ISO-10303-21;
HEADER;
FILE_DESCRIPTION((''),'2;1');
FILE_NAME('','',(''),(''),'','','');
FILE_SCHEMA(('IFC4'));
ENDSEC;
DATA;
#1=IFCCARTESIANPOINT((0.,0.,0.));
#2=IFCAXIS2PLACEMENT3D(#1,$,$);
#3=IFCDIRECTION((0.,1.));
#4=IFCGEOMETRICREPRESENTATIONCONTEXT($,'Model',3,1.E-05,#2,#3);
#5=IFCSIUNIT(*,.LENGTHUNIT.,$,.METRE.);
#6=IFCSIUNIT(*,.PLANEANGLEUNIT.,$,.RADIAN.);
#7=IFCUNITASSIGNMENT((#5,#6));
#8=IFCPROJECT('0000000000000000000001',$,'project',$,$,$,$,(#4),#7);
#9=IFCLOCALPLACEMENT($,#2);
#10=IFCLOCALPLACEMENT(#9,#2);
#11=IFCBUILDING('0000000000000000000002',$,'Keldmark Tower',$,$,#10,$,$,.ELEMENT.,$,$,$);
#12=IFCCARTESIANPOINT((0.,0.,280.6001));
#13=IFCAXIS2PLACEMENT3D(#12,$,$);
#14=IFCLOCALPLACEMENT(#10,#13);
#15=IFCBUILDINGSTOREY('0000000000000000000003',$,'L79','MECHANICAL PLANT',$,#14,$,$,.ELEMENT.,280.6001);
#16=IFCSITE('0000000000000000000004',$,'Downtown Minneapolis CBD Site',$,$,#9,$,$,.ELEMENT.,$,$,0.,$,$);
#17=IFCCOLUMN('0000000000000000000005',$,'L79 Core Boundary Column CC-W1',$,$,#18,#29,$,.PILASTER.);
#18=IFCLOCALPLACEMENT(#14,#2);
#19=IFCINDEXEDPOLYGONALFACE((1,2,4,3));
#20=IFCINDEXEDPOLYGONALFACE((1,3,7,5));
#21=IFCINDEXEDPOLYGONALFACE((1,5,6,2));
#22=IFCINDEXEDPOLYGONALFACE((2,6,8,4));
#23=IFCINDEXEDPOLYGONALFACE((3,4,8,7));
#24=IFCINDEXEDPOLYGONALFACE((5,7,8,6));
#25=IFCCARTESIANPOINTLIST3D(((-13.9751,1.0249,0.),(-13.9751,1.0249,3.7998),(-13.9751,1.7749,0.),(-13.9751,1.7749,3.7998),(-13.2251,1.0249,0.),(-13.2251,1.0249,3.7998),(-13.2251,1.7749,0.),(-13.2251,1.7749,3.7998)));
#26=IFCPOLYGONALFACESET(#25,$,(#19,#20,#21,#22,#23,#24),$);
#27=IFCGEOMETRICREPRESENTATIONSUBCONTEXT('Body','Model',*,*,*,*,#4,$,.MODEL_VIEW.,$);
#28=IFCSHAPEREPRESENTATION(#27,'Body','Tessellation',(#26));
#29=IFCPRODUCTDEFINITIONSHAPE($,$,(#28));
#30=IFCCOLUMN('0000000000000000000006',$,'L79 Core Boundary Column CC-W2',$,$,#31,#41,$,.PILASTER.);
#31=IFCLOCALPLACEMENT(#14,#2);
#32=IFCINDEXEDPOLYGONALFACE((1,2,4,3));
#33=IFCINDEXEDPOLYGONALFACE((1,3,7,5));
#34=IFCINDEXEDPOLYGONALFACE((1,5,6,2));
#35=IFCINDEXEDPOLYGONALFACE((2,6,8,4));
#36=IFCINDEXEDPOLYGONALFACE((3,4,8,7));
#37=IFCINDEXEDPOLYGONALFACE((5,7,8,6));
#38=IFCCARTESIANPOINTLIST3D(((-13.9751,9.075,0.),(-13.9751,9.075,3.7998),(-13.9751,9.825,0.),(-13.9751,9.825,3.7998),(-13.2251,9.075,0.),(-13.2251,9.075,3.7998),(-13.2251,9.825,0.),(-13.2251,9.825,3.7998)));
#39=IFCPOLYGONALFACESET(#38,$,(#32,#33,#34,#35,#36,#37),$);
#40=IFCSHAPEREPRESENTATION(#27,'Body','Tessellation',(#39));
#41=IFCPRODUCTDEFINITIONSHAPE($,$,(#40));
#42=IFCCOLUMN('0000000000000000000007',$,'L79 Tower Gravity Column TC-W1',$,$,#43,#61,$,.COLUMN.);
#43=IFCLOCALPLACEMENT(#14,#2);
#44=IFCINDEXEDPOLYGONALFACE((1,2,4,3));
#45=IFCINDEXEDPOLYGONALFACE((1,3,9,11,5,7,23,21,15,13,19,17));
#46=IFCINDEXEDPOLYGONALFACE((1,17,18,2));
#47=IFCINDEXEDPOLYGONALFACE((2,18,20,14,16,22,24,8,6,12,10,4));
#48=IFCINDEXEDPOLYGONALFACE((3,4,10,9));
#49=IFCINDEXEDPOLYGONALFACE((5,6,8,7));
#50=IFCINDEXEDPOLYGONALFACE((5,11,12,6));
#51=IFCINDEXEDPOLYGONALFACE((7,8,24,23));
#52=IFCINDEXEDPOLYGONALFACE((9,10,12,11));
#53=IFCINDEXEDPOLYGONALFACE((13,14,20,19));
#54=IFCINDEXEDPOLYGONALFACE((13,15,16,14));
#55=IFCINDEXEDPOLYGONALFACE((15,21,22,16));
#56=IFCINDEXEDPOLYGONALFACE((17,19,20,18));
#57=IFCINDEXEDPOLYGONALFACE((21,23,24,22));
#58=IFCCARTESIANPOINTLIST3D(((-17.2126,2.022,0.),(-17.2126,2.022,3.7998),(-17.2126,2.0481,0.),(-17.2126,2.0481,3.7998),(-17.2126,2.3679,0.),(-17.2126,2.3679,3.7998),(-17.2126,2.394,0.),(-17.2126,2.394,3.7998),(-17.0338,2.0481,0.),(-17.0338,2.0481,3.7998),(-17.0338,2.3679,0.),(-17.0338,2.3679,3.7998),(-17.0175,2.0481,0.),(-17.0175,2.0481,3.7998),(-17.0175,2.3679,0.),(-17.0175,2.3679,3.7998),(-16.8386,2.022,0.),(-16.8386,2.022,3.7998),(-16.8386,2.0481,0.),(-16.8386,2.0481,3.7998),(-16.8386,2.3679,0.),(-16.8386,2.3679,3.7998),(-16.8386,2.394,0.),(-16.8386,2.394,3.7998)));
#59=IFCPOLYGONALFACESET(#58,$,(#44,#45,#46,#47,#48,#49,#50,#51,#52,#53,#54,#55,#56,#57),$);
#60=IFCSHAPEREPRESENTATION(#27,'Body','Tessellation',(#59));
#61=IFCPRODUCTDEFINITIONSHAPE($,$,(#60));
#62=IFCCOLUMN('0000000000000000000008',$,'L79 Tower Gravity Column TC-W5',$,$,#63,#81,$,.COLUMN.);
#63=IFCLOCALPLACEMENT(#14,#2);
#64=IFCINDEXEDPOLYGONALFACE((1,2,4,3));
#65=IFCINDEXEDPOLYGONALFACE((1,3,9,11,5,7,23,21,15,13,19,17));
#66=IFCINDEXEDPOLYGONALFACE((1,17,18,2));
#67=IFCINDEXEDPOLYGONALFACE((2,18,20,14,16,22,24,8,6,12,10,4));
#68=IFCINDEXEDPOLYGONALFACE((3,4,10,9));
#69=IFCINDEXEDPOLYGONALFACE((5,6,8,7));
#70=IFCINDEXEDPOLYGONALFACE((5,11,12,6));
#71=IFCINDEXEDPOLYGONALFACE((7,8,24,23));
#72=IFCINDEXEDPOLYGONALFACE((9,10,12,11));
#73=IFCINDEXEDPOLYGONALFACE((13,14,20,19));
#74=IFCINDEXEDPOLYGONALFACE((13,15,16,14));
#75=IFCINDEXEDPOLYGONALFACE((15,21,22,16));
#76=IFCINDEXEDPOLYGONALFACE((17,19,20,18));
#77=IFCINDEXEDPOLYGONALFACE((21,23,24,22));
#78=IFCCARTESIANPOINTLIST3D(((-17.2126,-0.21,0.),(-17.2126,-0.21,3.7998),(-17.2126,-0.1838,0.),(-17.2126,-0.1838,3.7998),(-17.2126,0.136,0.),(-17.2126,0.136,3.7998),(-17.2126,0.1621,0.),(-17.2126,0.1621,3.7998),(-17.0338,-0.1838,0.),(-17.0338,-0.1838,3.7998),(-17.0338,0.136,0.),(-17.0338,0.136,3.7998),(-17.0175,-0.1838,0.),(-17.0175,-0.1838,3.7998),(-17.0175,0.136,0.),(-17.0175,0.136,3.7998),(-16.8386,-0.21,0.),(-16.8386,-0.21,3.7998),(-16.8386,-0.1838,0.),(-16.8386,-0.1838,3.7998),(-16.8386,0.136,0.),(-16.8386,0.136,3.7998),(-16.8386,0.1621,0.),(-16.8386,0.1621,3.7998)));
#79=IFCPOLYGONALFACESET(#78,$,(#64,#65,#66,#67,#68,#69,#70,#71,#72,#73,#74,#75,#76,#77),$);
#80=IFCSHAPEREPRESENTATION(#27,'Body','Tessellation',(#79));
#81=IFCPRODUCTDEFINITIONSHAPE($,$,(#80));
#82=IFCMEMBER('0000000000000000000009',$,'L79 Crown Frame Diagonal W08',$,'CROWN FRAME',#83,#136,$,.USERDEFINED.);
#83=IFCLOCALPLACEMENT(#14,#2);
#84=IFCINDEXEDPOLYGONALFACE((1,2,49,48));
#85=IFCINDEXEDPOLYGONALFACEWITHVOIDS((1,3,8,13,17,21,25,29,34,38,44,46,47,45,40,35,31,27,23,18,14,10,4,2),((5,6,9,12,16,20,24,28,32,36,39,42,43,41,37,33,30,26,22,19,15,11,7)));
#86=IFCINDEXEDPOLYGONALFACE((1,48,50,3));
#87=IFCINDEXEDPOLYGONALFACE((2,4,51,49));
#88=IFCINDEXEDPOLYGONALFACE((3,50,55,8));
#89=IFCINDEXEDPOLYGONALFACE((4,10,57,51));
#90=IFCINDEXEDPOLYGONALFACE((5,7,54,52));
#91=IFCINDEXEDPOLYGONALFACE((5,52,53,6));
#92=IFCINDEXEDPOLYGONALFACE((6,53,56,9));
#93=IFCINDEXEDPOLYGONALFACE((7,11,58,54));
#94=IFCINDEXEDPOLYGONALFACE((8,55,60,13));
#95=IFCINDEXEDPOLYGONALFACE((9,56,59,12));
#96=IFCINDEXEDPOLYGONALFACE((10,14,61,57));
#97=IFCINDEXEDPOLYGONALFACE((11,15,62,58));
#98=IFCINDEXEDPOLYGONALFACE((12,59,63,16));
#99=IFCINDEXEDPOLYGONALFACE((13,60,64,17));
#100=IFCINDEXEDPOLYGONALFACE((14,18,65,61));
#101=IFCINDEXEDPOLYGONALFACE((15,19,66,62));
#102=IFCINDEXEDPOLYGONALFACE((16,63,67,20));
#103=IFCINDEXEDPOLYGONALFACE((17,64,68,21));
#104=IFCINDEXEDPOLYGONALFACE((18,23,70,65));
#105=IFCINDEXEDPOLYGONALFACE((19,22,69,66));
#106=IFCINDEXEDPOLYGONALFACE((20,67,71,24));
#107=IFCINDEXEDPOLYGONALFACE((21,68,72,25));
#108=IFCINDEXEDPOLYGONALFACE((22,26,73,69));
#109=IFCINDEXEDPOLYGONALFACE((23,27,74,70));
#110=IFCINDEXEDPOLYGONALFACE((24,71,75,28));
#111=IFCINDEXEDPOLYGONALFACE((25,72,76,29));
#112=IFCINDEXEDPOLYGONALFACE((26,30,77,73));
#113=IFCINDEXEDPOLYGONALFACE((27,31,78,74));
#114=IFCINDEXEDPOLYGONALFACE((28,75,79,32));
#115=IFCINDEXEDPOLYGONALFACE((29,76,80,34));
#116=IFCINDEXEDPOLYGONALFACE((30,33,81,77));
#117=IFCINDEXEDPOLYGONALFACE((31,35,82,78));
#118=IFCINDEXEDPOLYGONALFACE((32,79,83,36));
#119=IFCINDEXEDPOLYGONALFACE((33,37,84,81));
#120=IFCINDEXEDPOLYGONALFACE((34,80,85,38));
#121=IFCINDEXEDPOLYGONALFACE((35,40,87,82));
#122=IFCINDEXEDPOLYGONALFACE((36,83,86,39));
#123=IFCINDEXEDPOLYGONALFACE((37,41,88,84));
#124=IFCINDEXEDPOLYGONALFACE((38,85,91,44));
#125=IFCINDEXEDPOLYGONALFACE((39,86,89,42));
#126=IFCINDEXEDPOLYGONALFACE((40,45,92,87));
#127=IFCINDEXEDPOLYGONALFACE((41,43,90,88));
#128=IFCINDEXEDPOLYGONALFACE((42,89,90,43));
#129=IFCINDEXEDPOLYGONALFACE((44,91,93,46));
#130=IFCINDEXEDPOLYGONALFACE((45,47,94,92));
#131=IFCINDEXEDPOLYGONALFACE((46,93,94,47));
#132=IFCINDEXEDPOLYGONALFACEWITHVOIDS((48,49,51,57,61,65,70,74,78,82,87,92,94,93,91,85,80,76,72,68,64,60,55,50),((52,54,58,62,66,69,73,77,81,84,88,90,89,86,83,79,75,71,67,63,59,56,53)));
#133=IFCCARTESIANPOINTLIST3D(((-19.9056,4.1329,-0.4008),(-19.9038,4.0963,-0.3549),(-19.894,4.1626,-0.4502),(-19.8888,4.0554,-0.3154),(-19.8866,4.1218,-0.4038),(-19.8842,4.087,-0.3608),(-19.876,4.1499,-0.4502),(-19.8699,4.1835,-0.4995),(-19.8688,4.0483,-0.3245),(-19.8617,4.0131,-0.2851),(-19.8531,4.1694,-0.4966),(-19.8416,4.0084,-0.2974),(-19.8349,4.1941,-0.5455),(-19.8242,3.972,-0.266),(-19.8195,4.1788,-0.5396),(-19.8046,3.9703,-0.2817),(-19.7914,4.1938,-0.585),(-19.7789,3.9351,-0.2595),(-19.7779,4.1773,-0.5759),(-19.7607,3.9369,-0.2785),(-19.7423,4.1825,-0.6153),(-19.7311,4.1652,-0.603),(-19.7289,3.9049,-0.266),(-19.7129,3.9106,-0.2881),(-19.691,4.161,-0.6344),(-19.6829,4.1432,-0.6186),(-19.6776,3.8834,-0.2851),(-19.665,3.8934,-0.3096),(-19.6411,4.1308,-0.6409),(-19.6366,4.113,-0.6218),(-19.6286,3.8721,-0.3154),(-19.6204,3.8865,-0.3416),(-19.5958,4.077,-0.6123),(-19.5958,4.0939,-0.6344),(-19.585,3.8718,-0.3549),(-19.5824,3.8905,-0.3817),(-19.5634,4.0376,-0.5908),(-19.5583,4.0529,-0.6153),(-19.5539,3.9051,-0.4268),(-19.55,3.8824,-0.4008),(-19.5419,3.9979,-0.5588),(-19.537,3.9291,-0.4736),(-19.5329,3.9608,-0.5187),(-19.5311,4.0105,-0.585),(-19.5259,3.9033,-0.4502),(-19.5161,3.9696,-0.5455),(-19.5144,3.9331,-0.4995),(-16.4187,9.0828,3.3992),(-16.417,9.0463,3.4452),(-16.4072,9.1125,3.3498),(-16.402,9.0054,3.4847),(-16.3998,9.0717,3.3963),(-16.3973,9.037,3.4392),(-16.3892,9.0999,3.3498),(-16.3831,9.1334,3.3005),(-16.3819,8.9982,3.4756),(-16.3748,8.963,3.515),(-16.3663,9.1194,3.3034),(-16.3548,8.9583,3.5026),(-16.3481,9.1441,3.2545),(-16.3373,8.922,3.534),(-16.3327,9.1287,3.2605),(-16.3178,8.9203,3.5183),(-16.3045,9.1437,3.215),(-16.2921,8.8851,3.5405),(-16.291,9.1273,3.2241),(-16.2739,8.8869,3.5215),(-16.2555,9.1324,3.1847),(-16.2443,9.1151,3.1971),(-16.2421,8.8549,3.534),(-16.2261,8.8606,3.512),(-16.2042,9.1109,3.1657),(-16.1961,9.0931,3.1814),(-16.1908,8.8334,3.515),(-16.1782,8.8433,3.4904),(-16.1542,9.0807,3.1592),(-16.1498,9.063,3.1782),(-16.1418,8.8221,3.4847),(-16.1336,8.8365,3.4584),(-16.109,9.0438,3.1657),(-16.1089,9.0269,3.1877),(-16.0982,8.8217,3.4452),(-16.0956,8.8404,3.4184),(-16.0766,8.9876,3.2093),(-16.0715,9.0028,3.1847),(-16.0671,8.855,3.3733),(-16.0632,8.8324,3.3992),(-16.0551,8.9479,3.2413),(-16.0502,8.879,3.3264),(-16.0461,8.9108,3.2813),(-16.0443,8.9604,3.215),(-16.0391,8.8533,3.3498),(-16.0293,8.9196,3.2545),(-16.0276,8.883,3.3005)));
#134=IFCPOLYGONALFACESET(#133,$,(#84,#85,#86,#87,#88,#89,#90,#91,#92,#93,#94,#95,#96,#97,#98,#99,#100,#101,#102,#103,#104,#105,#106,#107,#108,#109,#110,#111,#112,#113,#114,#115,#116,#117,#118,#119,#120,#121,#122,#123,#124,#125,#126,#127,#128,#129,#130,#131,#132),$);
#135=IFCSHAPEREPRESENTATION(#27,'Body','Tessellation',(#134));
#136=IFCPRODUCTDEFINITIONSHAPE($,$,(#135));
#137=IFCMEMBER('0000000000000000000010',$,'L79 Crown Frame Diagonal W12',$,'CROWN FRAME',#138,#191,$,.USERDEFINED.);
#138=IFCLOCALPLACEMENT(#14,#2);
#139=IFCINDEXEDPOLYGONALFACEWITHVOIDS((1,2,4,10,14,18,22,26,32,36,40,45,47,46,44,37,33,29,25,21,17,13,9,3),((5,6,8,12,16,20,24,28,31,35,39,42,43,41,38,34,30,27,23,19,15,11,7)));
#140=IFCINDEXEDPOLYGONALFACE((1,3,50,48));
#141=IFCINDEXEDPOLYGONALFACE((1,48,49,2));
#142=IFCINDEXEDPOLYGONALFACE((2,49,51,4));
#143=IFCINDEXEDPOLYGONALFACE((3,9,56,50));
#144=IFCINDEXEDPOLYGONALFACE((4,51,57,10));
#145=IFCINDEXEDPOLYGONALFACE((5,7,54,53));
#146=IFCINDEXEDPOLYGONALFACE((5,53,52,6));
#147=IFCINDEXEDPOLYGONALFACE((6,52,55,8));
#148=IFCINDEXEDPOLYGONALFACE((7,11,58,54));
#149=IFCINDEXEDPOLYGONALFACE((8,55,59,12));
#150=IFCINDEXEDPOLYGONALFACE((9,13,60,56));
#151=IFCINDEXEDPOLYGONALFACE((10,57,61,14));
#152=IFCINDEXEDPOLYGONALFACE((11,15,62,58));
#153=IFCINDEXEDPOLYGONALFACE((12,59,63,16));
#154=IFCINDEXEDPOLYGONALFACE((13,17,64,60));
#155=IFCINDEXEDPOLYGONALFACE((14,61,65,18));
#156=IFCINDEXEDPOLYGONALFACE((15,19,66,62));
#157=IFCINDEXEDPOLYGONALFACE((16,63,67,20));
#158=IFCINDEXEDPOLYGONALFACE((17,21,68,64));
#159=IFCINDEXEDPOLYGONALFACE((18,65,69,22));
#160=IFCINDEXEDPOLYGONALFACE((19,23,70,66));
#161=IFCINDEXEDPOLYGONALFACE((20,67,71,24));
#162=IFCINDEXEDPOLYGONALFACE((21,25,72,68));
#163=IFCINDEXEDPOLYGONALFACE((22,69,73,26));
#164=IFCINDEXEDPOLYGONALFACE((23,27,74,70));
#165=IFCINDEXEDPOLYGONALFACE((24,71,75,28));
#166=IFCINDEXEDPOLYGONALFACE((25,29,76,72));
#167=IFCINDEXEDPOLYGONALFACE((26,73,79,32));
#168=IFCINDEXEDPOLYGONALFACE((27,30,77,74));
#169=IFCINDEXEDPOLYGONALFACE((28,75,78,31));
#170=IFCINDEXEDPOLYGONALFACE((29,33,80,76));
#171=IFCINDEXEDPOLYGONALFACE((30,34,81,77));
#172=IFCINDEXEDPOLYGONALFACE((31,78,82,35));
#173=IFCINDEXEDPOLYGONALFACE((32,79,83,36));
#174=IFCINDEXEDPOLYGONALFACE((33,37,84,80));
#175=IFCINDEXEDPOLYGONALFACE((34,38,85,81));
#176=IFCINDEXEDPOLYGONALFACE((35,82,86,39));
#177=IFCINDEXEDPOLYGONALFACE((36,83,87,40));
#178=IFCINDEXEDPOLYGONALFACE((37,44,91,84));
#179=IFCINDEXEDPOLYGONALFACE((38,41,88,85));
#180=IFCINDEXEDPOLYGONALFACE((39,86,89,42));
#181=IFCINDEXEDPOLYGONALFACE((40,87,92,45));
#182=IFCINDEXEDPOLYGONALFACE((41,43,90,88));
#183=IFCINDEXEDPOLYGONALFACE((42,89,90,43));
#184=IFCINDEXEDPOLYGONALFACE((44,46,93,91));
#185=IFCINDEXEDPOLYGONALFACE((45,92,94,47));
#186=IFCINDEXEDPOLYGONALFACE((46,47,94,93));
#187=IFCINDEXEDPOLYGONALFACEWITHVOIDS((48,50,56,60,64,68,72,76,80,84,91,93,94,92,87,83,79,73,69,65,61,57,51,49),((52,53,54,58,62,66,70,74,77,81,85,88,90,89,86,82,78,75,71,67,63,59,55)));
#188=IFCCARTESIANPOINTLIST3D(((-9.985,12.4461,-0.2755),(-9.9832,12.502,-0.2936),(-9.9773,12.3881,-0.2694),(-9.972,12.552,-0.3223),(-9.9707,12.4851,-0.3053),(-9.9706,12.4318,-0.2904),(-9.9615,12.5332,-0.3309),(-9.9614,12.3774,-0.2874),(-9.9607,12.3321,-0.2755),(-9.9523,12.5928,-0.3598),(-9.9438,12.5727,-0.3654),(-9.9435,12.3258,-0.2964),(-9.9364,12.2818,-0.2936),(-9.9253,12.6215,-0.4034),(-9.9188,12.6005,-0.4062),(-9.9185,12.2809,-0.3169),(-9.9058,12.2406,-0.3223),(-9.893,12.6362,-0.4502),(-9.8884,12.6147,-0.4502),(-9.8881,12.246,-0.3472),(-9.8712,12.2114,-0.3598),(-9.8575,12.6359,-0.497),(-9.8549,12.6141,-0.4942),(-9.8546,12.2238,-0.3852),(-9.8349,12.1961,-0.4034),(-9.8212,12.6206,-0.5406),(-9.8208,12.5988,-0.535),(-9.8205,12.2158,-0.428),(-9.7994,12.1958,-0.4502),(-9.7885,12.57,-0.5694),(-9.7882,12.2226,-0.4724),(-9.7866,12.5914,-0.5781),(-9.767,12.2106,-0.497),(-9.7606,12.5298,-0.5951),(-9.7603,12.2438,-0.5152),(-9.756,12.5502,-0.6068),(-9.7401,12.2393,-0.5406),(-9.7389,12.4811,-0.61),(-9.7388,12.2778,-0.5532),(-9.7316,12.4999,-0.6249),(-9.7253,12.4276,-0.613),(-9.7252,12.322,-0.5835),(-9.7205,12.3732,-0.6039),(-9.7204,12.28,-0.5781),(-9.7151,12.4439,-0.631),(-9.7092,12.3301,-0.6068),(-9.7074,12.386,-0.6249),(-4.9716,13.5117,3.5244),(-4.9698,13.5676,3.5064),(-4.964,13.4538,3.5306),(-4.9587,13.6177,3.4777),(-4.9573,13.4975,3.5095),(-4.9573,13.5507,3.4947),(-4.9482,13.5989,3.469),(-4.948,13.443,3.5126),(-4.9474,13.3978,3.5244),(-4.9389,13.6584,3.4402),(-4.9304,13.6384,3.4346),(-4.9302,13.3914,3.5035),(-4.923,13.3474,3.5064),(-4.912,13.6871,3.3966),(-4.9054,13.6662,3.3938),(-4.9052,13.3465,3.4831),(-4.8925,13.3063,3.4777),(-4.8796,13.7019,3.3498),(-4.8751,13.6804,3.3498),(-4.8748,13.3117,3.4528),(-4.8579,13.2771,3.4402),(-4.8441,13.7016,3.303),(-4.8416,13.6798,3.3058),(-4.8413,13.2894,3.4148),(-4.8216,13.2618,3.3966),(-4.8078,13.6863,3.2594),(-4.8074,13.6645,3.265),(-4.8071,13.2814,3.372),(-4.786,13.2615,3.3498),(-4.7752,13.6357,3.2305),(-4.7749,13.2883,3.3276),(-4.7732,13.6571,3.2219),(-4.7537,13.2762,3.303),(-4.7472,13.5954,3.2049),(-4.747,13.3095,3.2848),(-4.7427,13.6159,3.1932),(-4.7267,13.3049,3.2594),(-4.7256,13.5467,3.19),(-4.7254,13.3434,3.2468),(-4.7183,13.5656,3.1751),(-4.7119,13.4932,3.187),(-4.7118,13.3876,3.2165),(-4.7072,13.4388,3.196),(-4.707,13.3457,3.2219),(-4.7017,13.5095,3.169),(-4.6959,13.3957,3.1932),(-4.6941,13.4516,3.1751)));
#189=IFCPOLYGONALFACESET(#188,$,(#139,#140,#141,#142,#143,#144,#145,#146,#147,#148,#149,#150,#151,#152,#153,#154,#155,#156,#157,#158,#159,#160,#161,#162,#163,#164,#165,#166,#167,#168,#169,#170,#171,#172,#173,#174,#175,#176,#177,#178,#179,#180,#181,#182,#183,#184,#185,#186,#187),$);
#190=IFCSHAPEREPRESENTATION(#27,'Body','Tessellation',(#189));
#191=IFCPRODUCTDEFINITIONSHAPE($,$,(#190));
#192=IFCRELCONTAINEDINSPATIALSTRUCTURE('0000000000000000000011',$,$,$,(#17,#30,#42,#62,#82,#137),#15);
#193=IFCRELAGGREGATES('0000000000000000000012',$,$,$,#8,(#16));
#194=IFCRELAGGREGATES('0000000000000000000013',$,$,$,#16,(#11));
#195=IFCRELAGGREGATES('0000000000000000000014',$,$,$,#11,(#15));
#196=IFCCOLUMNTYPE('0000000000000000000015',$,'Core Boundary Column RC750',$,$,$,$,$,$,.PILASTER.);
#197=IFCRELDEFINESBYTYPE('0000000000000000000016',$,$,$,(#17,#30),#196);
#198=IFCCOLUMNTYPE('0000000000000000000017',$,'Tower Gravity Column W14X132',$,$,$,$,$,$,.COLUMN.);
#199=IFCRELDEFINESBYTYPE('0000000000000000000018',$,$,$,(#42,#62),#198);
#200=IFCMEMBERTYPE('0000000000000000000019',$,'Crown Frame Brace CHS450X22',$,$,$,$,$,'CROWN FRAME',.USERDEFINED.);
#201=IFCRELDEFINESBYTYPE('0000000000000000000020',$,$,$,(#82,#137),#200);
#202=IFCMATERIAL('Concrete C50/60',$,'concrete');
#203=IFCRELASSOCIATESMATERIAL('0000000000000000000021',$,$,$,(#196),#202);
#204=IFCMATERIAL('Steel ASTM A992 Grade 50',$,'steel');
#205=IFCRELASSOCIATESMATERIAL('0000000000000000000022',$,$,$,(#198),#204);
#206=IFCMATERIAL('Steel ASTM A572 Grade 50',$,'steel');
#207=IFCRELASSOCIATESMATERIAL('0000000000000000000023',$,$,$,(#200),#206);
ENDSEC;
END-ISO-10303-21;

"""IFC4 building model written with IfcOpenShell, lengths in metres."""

from ifc_helpers import new_model, si_unit, direction, frame, origin, origin_2d, place, context, subcontext, project, spatial, rectangle, hollow_circle, i_section, extrude, material, material_profile, profile_set, type_object, element, save


model = new_model("IFC4")

# Units and contexts
model_context = context("Model", 3, precision=1e-05, world=origin(), true_north=direction((0.0, 1.0)))
body_context = subcontext(model_context, "Body", "Model", "MODEL_VIEW")
ifc_project = project(units=[si_unit("LENGTHUNIT", "METRE"), si_unit("PLANEANGLEUNIT", "RADIAN")], contexts=[model_context])

# Site, building, storey
site_placement = place(None, origin())
site = spatial("IfcSite", under=ifc_project, at=site_placement, Name="Downtown Minneapolis CBD Site", CompositionType="ELEMENT", RefElevation=0.0)
building_placement = place(site_placement, origin())
building = spatial("IfcBuilding", under=site, at=building_placement, Name="Keldmark Tower", CompositionType="ELEMENT")
storey_placement = place(building_placement, frame((0.0, 0.0, 280.6001)))
storey = spatial("IfcBuildingStorey", under=building, at=storey_placement, Name="L79", Description="MECHANICAL PLANT", CompositionType="ELEMENT", Elevation=280.6001)

# Columns
ifc_material_1 = material(Name="Concrete C50/60", Category="concrete")
ifc_material_profile_1 = material_profile(ifc_material_1, rectangle(XDim=0.75, YDim=0.75, at=origin_2d()), Name="RC750X750")
ifc_profile_set_1 = profile_set([ifc_material_profile_1], Name="Concrete C50/60")
column_type_1 = type_object("IfcColumnType", Name="Core Boundary Column RC750", PredefinedType="PILASTER", material=ifc_profile_set_1)
for number, where, z_axis, x_axis, name in (
    (1, (-13.6001, 1.3999, 0.0), (0.0, 0.0, 1.0), (1.0, 0.0, 0.0), "L79 Core Boundary Column CC-W1"),
    (2, (-13.6001, 9.45, 0.0), (0.0, 0.0, 1.0), (1.0, 0.0, 0.0), "L79 Core Boundary Column CC-W2"),
):
    element("IfcColumn", number, at=place(storey_placement, frame(where, z_axis=z_axis, x_axis=x_axis)), inside=storey, type_object=column_type_1, Name=name, PredefinedType="PILASTER", context=body_context, shape_type="SweptSolid", body=[
        extrude(rectangle(XDim=0.75, YDim=0.75, at=origin_2d()), origin(), (0.0, 0.0, 1.0), 3.7998),
    ])
ifc_material_2 = material(Name="Steel ASTM A992 Grade 50", Category="steel")
ifc_material_profile_2 = material_profile(ifc_material_2, i_section(OverallWidth=0.374, OverallDepth=0.3721, WebThickness=0.0164, FlangeThickness=0.0261, at=origin_2d()), Name="W14X132")
ifc_profile_set_2 = profile_set([ifc_material_profile_2], Name="Steel ASTM A992 Grade 50")
column_type_2 = type_object("IfcColumnType", Name="Tower Gravity Column W14X132", PredefinedType="COLUMN", material=ifc_profile_set_2)
for number, where, z_axis, x_axis, name in (
    (3, (-17.0256, 2.208, 0.0), (0.0, 0.0, 1.0), (1.0, 0.0, 0.0), "L79 Tower Gravity Column TC-W1"),
    (4, (-17.0256, -0.0239, 0.0), (0.0, 0.0, 1.0), (1.0, 0.0, 0.0), "L79 Tower Gravity Column TC-W5"),
):
    element("IfcColumn", number, at=place(storey_placement, frame(where, z_axis=z_axis, x_axis=x_axis)), inside=storey, type_object=column_type_2, Name=name, PredefinedType="COLUMN", context=body_context, shape_type="SweptSolid", body=[
        extrude(i_section(OverallWidth=0.374, OverallDepth=0.3721, WebThickness=0.0164, FlangeThickness=0.0261, at=origin_2d()), origin(), (0.0, 0.0, 1.0), 3.7998),
    ])

# Members
ifc_material_3 = material(Name="Steel ASTM A572 Grade 50", Category="steel")
ifc_material_profile_3 = material_profile(ifc_material_3, hollow_circle(Radius=0.2251, WallThickness=0.022, at=origin_2d()), Name="CHS450X22")
ifc_profile_set_3 = profile_set([ifc_material_profile_3], Name="Steel ASTM A572 Grade 50")
member_type = type_object("IfcMemberType", Name="Crown Frame Brace CHS450X22", ElementType="CROWN FRAME", PredefinedType="USERDEFINED", material=ifc_profile_set_3)
member_1_placement = place(storey_placement, frame((-19.71, 4.033, -0.4502), z_axis=(0.487773, 0.692451, 0.531591), x_axis=(-0.817533, 0.575882, 0.0)))
element("IfcMember", 5, at=member_1_placement, inside=storey, type_object=member_type, Name="L79 Crown Frame Diagonal W08", ObjectType="CROWN FRAME", PredefinedType="USERDEFINED", context=body_context, shape_type="SweptSolid", body=[
    extrude(hollow_circle(Radius=0.2251, WallThickness=0.022, at=origin_2d()), origin(), (0.0, 0.0, 1.0), 7.1484),
])
member_2_placement = place(storey_placement, frame((-9.8462, 12.416, -0.4502), z_axis=(0.785745, 0.167021, 0.595574), x_axis=(-0.207919, 0.978146, 0.0)))
element("IfcMember", 6, at=member_2_placement, inside=storey, type_object=member_type, Name="L79 Crown Frame Diagonal W12", ObjectType="CROWN FRAME", PredefinedType="USERDEFINED", context=body_context, shape_type="SweptSolid", body=[
    extrude(hollow_circle(Radius=0.2251, WallThickness=0.022, at=origin_2d()), origin(), (0.0, 0.0, 1.0), 6.3804),
])

save(model, "model.ifc")
